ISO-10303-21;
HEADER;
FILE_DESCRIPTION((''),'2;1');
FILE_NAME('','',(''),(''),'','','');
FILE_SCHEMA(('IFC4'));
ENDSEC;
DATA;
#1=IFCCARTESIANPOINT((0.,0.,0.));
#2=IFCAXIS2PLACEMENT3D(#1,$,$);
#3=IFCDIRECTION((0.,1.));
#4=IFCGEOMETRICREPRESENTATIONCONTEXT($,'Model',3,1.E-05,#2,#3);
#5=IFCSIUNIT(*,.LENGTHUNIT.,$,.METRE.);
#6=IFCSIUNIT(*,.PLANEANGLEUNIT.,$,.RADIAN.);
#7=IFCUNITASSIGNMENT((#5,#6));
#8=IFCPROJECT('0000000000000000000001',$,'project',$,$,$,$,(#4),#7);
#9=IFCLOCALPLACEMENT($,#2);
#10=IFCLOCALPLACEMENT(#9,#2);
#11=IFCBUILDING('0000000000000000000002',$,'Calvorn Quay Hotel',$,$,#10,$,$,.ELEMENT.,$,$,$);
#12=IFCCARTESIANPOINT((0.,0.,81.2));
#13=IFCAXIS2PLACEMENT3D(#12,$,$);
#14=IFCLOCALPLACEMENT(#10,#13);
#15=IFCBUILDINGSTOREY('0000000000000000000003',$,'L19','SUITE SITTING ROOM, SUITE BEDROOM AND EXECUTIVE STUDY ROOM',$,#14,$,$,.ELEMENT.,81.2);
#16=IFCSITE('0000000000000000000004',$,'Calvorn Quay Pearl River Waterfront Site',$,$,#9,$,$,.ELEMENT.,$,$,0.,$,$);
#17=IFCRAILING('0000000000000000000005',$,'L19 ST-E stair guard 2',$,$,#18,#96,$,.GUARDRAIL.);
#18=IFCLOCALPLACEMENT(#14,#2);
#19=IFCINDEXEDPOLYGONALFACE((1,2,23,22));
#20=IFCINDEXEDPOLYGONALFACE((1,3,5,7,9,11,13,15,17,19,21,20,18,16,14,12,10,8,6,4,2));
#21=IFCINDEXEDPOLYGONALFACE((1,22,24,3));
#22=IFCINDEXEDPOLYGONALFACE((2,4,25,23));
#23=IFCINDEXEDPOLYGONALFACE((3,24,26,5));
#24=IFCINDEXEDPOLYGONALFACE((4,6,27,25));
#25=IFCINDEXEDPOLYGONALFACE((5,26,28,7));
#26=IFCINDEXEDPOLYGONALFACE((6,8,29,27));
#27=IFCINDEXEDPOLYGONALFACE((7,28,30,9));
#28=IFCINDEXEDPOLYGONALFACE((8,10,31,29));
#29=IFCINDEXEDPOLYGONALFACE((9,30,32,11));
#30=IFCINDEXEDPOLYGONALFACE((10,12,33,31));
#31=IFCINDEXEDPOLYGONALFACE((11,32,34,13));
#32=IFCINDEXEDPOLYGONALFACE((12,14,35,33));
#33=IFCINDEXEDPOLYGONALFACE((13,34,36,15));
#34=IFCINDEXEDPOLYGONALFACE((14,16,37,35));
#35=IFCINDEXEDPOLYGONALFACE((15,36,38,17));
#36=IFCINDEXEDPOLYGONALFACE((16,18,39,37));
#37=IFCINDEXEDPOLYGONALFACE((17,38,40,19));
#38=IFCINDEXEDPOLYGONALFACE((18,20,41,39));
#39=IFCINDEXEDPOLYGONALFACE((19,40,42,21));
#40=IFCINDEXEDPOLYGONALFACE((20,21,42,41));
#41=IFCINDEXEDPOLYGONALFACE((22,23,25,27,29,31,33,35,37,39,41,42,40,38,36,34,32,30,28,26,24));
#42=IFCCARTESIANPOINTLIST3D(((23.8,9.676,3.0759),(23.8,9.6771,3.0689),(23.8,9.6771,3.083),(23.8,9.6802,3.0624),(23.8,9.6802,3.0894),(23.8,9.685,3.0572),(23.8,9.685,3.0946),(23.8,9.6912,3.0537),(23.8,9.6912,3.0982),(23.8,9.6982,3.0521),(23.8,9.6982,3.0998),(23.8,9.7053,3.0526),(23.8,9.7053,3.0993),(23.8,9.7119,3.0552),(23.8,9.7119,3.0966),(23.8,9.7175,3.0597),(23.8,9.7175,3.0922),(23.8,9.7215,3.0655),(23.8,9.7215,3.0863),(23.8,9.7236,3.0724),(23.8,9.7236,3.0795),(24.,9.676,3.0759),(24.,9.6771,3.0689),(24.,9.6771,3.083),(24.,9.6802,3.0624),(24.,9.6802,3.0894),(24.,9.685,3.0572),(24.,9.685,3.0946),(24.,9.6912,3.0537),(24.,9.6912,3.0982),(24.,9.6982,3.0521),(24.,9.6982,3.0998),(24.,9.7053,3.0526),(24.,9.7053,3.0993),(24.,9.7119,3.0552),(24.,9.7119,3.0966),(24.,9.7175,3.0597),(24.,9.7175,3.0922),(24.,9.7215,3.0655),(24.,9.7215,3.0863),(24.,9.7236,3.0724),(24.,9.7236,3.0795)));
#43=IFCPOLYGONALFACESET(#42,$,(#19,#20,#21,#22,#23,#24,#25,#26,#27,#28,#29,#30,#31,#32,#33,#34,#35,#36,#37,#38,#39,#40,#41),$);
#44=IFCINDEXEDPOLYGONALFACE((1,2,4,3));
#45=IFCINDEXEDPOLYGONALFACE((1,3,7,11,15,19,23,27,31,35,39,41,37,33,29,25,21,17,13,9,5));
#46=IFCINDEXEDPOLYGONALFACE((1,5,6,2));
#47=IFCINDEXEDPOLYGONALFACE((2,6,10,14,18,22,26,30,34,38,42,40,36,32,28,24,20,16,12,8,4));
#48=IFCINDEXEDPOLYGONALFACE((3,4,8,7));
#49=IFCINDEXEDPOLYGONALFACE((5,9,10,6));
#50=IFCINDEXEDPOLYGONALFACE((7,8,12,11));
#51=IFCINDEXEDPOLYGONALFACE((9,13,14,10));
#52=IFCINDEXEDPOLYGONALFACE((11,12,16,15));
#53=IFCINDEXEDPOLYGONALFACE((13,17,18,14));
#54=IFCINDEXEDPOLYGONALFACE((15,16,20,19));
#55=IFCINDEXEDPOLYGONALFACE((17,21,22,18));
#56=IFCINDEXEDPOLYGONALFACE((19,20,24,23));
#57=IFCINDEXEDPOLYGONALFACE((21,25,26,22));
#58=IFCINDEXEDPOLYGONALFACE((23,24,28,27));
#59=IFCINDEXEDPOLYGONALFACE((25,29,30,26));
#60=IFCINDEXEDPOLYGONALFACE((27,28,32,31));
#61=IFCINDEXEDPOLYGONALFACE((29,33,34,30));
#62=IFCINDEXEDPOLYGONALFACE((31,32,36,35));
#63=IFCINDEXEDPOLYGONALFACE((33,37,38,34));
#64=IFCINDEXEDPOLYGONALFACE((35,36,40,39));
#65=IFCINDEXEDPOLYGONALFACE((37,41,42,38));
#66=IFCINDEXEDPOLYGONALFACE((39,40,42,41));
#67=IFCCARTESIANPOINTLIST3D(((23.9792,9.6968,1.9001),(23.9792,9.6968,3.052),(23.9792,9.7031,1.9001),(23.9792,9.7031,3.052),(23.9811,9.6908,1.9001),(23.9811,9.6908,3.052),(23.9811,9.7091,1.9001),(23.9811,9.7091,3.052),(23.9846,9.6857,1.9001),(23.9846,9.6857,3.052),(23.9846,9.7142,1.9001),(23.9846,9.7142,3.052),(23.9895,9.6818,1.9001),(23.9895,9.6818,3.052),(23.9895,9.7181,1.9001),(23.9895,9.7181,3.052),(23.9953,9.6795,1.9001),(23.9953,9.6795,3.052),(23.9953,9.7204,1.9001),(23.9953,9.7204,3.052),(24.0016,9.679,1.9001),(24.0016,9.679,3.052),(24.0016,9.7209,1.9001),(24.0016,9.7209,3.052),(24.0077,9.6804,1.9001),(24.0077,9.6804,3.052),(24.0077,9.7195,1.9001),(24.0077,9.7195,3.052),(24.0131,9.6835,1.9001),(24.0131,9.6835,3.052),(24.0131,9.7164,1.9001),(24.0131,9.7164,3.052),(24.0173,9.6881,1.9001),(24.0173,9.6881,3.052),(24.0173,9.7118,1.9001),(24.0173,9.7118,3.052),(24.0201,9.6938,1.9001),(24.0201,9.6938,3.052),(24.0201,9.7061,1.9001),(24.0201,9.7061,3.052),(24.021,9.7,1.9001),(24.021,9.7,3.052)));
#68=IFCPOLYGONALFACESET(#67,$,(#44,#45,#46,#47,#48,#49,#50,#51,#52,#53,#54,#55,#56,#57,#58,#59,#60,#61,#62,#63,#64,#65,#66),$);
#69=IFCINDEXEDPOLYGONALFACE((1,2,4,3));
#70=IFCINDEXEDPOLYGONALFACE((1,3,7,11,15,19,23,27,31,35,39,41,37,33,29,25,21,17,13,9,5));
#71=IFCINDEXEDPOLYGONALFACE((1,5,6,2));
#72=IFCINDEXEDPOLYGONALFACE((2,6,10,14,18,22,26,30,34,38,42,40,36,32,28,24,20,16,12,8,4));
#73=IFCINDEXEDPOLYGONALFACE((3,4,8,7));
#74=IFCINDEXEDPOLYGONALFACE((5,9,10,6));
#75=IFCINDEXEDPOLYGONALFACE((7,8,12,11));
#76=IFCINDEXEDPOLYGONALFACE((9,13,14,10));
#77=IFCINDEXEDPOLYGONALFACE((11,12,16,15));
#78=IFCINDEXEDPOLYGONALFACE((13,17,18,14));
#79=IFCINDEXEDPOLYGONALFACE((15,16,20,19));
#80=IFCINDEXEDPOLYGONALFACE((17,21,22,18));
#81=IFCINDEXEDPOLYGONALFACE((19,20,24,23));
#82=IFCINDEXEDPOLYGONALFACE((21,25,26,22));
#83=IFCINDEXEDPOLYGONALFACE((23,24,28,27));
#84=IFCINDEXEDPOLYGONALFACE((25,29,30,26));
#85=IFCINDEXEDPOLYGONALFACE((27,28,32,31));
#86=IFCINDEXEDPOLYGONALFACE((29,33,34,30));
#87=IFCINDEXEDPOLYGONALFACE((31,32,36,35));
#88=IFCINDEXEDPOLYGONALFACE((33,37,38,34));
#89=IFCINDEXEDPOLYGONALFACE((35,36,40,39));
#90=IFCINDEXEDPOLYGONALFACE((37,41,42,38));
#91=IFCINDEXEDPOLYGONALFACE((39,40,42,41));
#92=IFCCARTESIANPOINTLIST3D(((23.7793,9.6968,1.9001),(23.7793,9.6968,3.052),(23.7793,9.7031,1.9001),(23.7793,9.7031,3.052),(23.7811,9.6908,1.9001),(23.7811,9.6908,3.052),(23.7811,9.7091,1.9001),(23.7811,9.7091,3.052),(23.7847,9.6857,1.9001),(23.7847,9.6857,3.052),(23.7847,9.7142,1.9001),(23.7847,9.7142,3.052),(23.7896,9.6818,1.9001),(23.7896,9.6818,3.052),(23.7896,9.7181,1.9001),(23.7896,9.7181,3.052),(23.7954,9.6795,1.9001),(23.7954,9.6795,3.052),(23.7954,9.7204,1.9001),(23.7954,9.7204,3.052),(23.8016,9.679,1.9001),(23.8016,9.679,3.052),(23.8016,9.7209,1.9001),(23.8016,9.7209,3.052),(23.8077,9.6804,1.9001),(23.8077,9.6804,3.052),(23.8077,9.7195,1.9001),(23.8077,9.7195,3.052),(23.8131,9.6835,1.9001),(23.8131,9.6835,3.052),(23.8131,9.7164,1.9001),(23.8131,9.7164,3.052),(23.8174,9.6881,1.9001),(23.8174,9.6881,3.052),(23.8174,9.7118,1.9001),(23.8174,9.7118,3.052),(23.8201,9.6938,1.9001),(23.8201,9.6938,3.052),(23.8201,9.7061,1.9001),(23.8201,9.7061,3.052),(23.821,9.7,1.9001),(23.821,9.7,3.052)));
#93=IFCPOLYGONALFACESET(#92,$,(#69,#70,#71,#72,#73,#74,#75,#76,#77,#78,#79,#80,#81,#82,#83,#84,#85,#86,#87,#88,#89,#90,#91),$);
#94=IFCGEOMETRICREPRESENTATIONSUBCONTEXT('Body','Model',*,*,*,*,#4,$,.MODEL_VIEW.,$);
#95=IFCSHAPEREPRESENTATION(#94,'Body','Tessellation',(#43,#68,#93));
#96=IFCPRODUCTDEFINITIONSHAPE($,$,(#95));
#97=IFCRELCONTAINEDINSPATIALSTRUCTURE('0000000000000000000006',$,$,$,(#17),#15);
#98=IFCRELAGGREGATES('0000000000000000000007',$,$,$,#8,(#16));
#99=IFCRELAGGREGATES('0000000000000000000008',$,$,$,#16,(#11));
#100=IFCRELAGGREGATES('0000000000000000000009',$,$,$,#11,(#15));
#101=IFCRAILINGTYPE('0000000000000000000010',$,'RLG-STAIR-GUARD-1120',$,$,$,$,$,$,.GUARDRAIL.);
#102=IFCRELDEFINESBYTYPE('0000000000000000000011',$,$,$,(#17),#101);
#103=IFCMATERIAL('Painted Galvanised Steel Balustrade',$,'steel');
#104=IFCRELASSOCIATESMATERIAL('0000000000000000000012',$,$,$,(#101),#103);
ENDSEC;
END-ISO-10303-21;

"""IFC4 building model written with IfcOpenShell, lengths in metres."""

from ifc_helpers import new_model, si_unit, direction, frame, origin, origin_2d, place, context, subcontext, project, spatial, circle, extrude, material, type_object, element, save


model = new_model("IFC4")

# Units and contexts
model_context = context("Model", 3, precision=1e-05, world=origin(), true_north=direction((0.0, 1.0)))
body_context = subcontext(model_context, "Body", "Model", "MODEL_VIEW")
ifc_project = project(units=[si_unit("LENGTHUNIT", "METRE"), si_unit("PLANEANGLEUNIT", "RADIAN")], contexts=[model_context])

# Site, building, storey
site_placement = place(None, origin())
site = spatial("IfcSite", under=ifc_project, at=site_placement, Name="Calvorn Quay Pearl River Waterfront Site", CompositionType="ELEMENT", RefElevation=0.0)
building_placement = place(site_placement, origin())
building = spatial("IfcBuilding", under=site, at=building_placement, Name="Calvorn Quay Hotel", CompositionType="ELEMENT")
storey_placement = place(building_placement, frame((0.0, 0.0, 81.2)))
storey = spatial("IfcBuildingStorey", under=building, at=storey_placement, Name="L19", Description="SUITE SITTING ROOM, SUITE BEDROOM AND EXECUTIVE STUDY ROOM", CompositionType="ELEMENT", Elevation=81.2)

# Railing
ifc_material_1 = material(Name="Painted Galvanised Steel Balustrade", Category="steel")
railing_type_1 = type_object("IfcRailingType", Name="RLG-STAIR-GUARD-1120", PredefinedType="GUARDRAIL", material=ifc_material_1)
railing_1_placement = place(storey_placement, frame((24.0, 9.7, 1.9001)))
element("IfcRailing", 1, at=railing_1_placement, inside=storey, type_object=railing_type_1, Name="L19 ST-E stair guard 2", PredefinedType="GUARDRAIL", context=body_context, shape_type="SweptSolid", body=[
    extrude(circle(Radius=0.0239, at=origin_2d()), frame((0.0, 0.0, 1.1758), z_axis=(-1.0, 0.0, 0.0), x_axis=(0.0, -1.0, 0.0)), (0.0, 0.0, 1.0), 0.2),
    extrude(circle(Radius=0.021, at=origin_2d()), origin(), (0.0, 0.0, 1.0), 1.1519),
    extrude(circle(Radius=0.021, at=origin_2d()), frame((-0.2, 0.0, 0.0)), (0.0, 0.0, 1.0), 1.1519),
])

save(model, "model.ifc")
